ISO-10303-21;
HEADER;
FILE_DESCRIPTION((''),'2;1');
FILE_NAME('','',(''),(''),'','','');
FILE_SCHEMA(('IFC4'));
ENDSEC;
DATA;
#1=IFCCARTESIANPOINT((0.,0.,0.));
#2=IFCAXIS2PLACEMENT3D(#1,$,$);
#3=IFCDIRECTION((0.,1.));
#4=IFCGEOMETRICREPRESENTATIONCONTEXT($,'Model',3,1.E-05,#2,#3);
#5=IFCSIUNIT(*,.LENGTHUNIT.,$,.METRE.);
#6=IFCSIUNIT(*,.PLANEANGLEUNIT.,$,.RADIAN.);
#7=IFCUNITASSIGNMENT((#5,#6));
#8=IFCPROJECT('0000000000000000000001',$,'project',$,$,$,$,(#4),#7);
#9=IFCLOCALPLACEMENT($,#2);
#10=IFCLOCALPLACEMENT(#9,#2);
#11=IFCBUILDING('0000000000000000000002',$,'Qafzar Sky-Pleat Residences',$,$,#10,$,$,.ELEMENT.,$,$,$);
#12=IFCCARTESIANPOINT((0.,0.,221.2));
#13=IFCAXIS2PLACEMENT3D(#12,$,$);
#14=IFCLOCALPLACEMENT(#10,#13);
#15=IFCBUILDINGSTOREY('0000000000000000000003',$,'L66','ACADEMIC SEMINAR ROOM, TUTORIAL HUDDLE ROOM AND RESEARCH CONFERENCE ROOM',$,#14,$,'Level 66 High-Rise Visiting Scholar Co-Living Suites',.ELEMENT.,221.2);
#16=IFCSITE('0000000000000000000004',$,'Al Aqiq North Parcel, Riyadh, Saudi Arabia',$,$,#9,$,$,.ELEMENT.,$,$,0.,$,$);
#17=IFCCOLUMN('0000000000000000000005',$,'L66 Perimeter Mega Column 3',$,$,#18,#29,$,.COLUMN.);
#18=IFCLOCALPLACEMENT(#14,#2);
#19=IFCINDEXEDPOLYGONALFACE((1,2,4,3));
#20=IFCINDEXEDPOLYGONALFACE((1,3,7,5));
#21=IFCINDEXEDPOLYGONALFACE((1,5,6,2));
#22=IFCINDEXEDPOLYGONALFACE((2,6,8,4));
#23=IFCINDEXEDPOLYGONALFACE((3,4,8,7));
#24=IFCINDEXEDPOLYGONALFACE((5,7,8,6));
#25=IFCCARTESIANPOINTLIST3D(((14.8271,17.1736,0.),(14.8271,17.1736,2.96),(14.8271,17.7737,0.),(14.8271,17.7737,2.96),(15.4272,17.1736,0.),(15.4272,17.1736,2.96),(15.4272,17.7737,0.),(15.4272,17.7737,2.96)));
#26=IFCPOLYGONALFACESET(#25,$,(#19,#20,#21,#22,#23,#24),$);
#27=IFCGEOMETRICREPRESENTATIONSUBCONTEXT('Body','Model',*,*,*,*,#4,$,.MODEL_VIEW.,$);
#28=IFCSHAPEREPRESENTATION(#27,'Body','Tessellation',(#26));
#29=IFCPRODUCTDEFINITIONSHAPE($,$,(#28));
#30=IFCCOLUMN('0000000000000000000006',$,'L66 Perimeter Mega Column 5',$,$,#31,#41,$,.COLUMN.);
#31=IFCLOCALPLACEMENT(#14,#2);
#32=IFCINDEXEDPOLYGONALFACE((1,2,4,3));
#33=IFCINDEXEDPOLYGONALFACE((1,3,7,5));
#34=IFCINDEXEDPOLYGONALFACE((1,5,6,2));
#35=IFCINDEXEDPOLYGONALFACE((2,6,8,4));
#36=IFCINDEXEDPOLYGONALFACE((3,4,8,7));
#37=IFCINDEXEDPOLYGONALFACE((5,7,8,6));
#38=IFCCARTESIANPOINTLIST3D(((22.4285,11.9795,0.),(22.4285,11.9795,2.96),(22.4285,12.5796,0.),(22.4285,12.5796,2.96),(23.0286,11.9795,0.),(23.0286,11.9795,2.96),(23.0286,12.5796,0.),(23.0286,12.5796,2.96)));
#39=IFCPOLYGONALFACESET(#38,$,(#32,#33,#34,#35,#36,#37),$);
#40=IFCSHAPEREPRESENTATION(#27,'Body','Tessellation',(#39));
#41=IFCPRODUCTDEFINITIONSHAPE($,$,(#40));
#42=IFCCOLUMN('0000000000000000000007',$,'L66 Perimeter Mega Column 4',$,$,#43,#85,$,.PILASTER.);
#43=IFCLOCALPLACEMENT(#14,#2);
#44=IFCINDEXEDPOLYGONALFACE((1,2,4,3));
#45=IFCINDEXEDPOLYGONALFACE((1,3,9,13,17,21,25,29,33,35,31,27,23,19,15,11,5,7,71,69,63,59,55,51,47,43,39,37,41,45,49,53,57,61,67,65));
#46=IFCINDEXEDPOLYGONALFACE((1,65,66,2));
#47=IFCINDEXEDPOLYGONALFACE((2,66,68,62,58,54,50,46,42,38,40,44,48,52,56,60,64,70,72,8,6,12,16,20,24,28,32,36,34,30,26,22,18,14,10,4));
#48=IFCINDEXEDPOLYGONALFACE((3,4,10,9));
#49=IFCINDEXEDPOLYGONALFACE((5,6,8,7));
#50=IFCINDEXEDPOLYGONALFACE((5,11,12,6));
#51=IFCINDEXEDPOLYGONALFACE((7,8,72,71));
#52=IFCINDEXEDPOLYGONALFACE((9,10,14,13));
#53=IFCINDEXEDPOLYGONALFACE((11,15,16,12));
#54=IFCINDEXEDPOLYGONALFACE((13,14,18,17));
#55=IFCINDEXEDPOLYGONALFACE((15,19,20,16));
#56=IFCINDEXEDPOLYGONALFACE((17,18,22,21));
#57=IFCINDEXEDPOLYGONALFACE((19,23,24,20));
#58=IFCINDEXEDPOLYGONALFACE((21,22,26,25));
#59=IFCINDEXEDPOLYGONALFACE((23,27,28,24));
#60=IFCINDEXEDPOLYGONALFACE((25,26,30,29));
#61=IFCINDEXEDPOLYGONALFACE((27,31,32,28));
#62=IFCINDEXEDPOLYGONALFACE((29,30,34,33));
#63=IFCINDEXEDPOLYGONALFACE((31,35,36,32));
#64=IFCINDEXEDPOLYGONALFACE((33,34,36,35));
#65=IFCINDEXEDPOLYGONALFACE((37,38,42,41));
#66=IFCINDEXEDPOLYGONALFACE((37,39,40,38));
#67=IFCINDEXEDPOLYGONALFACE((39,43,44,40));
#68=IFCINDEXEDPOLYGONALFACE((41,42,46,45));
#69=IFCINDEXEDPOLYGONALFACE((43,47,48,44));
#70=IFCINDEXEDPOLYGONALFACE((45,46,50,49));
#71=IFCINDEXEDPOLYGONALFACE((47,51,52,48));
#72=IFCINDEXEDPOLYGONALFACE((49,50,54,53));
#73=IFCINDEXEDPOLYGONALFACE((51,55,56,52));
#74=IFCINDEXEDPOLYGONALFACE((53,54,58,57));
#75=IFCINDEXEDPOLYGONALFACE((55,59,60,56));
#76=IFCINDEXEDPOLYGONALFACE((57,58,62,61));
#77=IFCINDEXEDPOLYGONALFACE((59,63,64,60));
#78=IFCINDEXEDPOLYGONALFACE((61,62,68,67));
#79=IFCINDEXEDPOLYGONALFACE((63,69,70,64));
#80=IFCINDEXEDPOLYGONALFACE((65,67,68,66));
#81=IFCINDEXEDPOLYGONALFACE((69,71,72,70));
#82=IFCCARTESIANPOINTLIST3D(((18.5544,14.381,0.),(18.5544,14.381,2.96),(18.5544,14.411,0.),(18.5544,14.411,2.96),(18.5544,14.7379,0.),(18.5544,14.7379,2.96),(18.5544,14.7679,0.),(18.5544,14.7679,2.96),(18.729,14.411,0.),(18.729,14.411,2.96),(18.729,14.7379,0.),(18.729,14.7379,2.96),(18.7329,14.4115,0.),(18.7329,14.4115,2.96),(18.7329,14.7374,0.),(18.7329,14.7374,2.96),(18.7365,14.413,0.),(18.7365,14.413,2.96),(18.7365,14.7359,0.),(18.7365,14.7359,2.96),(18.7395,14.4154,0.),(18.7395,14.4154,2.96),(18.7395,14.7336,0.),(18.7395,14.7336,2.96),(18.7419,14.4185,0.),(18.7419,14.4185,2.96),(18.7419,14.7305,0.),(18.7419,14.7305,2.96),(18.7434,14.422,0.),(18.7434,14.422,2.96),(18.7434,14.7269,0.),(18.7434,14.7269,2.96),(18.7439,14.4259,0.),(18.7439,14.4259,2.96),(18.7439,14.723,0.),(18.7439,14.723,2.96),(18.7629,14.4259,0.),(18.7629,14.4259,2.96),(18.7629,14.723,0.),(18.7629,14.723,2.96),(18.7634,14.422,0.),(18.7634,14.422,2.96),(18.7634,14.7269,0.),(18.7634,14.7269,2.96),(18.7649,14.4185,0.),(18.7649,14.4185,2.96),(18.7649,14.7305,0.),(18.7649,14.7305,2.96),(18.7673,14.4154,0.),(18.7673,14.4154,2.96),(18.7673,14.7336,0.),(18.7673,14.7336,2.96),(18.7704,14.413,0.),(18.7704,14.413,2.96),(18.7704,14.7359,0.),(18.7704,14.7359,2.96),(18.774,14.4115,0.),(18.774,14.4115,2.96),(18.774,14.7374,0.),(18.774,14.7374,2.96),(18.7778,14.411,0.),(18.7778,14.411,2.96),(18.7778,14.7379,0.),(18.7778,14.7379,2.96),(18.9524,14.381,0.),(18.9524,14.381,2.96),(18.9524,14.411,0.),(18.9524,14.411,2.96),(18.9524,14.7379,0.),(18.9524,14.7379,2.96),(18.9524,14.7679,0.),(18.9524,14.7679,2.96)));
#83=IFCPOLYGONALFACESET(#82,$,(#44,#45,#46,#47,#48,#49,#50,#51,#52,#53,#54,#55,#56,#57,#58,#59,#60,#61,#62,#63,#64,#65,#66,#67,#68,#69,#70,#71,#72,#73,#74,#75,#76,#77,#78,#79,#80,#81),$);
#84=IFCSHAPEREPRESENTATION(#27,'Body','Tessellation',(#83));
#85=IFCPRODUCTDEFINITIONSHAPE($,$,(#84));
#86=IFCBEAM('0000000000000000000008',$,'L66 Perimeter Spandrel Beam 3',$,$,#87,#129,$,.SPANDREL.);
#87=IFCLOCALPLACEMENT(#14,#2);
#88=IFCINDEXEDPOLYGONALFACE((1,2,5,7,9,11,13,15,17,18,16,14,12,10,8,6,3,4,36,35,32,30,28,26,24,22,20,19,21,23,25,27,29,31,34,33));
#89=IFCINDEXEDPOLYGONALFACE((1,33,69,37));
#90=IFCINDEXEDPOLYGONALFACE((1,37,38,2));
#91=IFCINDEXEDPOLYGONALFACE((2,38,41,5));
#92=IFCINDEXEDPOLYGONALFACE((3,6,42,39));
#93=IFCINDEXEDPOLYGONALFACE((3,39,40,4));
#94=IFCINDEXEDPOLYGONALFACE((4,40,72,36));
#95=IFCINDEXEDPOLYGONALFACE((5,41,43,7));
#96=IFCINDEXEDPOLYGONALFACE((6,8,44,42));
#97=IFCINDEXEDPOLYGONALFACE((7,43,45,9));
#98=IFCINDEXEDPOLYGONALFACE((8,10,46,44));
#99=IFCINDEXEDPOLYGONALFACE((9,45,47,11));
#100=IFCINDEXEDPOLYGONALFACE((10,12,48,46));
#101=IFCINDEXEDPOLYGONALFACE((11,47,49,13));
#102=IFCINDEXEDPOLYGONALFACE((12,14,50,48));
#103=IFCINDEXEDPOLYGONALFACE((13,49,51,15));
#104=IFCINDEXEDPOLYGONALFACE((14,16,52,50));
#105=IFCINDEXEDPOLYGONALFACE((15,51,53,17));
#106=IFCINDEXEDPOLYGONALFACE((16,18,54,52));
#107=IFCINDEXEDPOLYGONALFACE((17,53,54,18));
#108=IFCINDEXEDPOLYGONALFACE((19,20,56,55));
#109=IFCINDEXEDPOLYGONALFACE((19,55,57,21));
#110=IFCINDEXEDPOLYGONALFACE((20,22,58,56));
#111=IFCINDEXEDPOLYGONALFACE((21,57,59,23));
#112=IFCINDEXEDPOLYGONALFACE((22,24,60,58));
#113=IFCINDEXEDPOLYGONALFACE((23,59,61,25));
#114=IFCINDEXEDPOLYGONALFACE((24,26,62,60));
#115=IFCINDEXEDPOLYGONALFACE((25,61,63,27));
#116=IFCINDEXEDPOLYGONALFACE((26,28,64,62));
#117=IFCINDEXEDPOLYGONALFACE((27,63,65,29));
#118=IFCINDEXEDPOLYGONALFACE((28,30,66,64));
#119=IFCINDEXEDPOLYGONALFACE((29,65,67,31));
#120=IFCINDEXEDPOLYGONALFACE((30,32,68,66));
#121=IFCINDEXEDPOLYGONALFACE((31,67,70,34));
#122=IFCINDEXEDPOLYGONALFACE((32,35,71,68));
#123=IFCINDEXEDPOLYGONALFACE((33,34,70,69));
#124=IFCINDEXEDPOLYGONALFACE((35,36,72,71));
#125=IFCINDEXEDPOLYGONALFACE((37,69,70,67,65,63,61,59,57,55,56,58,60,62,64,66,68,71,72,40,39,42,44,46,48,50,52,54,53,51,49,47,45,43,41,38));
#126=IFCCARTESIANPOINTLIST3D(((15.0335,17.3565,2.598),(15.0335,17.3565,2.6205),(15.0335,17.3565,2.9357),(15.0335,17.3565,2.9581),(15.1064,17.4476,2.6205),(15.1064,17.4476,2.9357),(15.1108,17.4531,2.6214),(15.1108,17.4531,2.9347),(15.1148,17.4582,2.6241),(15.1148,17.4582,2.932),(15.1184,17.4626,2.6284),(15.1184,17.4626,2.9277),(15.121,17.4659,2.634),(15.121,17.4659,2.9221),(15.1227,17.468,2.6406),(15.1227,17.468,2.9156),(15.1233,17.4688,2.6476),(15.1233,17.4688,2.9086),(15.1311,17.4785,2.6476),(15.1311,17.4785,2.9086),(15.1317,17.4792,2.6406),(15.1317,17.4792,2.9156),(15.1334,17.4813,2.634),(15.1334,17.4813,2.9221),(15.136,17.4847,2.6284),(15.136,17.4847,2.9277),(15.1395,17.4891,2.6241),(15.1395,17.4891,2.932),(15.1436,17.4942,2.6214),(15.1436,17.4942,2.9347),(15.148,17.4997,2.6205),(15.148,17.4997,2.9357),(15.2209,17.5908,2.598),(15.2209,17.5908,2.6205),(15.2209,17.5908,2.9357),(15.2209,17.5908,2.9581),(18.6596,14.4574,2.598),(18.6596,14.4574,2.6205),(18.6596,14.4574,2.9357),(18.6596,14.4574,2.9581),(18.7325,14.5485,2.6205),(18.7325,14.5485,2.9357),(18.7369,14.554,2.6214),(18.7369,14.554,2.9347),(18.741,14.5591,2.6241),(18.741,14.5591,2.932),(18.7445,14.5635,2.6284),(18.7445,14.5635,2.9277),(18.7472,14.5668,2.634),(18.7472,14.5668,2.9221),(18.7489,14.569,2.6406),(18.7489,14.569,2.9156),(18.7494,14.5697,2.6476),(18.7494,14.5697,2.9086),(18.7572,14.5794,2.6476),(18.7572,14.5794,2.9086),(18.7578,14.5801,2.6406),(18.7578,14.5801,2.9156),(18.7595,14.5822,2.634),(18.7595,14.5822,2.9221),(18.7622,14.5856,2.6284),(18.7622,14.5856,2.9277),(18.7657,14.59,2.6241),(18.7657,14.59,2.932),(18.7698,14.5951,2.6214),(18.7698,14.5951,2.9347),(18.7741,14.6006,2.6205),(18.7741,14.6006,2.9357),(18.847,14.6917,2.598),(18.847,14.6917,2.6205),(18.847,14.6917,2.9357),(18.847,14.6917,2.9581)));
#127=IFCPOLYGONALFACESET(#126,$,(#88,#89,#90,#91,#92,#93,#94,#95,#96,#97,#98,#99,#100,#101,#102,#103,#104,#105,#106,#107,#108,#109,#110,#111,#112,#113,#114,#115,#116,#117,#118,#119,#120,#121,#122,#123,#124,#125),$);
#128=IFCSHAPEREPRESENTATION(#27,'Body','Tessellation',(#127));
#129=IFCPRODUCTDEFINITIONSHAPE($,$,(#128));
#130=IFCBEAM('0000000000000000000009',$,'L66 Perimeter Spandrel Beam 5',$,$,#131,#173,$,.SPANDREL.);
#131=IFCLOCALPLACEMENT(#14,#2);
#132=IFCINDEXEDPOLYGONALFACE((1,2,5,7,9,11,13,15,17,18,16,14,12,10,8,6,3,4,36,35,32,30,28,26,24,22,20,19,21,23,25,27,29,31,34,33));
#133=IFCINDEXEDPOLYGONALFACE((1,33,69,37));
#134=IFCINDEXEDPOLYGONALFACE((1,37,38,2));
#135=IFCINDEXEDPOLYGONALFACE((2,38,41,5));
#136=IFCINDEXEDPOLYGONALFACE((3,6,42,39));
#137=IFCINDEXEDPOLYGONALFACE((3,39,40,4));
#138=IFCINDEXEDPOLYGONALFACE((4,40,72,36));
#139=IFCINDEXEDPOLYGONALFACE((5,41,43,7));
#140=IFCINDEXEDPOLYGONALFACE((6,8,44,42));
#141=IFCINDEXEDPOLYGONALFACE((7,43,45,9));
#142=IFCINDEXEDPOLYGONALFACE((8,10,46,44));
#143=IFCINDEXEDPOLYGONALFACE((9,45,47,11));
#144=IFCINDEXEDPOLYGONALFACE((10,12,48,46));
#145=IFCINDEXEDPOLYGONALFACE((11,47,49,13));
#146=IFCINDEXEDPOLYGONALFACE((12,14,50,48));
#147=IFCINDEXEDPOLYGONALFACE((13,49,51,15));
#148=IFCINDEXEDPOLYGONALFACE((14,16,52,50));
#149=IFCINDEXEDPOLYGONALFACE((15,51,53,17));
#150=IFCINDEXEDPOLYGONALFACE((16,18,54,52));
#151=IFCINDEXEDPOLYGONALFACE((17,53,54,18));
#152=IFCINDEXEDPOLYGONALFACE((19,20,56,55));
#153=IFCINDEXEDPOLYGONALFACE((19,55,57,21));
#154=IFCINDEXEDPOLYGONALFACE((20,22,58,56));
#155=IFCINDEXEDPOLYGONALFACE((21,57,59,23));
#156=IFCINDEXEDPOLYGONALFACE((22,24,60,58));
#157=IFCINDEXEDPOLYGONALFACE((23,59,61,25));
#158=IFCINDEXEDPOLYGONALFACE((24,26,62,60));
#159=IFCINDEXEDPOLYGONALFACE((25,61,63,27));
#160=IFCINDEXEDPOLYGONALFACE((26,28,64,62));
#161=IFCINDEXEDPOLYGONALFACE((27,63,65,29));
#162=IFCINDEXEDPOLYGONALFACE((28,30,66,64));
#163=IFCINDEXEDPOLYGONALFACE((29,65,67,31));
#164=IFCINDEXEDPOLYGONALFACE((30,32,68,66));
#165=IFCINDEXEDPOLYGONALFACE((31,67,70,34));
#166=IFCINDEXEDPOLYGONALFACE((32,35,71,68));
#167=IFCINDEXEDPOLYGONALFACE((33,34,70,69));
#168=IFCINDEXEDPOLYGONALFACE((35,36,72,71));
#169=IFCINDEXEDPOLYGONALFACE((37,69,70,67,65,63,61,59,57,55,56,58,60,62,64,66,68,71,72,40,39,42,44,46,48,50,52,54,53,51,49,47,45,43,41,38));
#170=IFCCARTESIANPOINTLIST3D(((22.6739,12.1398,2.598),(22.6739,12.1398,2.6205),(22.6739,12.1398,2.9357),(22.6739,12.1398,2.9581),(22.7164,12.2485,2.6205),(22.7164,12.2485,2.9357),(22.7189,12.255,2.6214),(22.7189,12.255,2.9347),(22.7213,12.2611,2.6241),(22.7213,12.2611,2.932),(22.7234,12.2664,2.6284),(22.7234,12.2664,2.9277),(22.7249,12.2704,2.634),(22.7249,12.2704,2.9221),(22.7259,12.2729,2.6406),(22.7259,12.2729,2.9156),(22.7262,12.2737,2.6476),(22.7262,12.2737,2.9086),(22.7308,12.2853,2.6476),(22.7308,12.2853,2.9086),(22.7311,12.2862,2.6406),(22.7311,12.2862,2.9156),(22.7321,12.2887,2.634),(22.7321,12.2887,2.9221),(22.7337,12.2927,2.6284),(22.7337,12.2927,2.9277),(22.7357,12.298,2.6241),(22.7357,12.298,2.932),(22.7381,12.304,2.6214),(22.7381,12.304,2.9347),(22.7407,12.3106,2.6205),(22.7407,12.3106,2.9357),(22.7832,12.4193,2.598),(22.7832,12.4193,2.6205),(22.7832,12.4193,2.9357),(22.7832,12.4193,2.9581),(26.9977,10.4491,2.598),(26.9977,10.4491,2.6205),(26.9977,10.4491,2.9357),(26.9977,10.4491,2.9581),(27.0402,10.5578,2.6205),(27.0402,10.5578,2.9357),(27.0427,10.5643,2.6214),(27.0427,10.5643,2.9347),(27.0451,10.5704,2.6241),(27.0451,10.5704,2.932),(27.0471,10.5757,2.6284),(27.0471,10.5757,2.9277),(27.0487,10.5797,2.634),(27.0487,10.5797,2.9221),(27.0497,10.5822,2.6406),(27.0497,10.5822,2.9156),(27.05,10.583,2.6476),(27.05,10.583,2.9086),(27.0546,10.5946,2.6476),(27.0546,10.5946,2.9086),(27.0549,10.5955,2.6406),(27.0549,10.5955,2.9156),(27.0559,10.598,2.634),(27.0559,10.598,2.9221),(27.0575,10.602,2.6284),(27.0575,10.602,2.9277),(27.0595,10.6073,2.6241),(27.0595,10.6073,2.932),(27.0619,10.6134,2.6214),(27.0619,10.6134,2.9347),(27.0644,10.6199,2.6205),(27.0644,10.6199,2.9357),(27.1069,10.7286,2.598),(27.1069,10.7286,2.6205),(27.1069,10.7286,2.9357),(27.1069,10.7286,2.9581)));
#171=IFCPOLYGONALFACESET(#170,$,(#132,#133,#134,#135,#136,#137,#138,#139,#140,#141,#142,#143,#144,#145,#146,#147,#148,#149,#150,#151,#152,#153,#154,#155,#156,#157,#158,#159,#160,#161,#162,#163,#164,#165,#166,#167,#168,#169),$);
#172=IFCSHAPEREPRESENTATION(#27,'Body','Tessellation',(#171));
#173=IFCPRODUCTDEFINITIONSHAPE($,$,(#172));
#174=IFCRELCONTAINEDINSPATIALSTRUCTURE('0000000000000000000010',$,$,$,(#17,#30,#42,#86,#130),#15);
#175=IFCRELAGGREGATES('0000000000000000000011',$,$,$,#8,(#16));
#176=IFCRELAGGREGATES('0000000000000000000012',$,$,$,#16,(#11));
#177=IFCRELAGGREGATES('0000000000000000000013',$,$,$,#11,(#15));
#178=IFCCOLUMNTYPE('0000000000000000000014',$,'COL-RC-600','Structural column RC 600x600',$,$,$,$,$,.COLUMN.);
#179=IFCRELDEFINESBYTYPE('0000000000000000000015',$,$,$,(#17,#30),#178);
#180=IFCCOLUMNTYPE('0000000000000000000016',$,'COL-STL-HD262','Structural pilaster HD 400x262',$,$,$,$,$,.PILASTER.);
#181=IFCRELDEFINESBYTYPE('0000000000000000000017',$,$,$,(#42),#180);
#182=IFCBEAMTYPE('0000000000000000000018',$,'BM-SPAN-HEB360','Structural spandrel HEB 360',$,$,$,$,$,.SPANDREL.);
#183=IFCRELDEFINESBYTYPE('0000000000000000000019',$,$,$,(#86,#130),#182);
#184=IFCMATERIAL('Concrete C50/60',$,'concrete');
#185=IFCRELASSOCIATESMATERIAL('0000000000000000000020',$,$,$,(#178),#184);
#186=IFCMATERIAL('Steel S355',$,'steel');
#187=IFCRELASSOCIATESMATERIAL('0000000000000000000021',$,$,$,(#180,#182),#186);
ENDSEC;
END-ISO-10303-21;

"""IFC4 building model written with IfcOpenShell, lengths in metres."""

from ifc_helpers import new_model, si_unit, direction, frame, origin, origin_2d, place, context, subcontext, project, spatial, rectangle, i_section, extrude, source, transform, mapped, material, material_profile, profile_set, type_object, element, save


model = new_model("IFC4")

# Units and contexts
model_context = context("Model", 3, precision=1e-05, world=origin(), true_north=direction((0.0, 1.0)))
body_context = subcontext(model_context, "Body", "Model", "MODEL_VIEW")
ifc_project = project(units=[si_unit("LENGTHUNIT", "METRE"), si_unit("PLANEANGLEUNIT", "RADIAN")], contexts=[model_context])

# Site, building, storey
site_placement = place(None, origin())
site = spatial("IfcSite", under=ifc_project, at=site_placement, Name="Al Aqiq North Parcel, Riyadh, Saudi Arabia", CompositionType="ELEMENT", RefElevation=0.0)
building_placement = place(site_placement, origin())
building = spatial("IfcBuilding", under=site, at=building_placement, Name="Qafzar Sky-Pleat Residences", CompositionType="ELEMENT")
storey_placement = place(building_placement, frame((0.0, 0.0, 221.2)))
storey = spatial("IfcBuildingStorey", under=building, at=storey_placement, Name="L66", Description="ACADEMIC SEMINAR ROOM, TUTORIAL HUDDLE ROOM AND RESEARCH CONFERENCE ROOM", LongName="Level 66 High-Rise Visiting Scholar Co-Living Suites", CompositionType="ELEMENT", Elevation=221.2)

# Columns
ifc_material_1 = material(Name="Concrete C50/60", Category="concrete")
ifc_material_profile_1 = material_profile(ifc_material_1, rectangle(XDim=0.6001, YDim=0.6001, at=origin_2d()), Name="RC 600x600")
ifc_profile_set_1 = profile_set([ifc_material_profile_1], Name="Concrete C50/60")
column_type_1 = type_object("IfcColumnType", Name="COL-RC-600", Description="Structural column RC 600x600", PredefinedType="COLUMN", material=ifc_profile_set_1)
shared_shape_1 = source(origin(), body_context, "Body", "SweptSolid", [
    extrude(rectangle(XDim=0.6001, YDim=0.6001, at=origin_2d()), origin(), (0.0, 0.0, 1.0), 2.96),
])
for number, where, z_axis, x_axis, name in (
    (1, (15.1272, 17.4736, 0.0), (0.0, 0.0, 1.0), (1.0, 0.0, 0.0), "L66 Perimeter Mega Column 3"),
    (2, (22.7285, 12.2795, 0.0), (0.0, 0.0, 1.0), (1.0, 0.0, 0.0), "L66 Perimeter Mega Column 5"),
):
    element("IfcColumn", number, at=place(storey_placement, frame(where, z_axis=z_axis, x_axis=x_axis)), inside=storey, type_object=column_type_1, Name=name, PredefinedType="COLUMN", context=body_context, shape_type="MappedRepresentation", body=[
        mapped(shared_shape_1, transform((0.0, 0.0, 0.0), x_axis=(1.0, 0.0, 0.0), y_axis=(0.0, 1.0, 0.0), z_axis=(0.0, 0.0, 1.0), scale=1.0)),
    ])
ifc_material_2 = material(Name="Steel S355", Category="steel")
ifc_material_profile_2 = material_profile(ifc_material_2, i_section(OverallWidth=0.3979, OverallDepth=0.387, WebThickness=0.019, FlangeThickness=0.03, FilletRadius=0.0149, at=origin_2d()), Name="HD 400x262")
ifc_profile_set_2 = profile_set([ifc_material_profile_2], Name="Steel S355")
column_type_2 = type_object("IfcColumnType", Name="COL-STL-HD262", Description="Structural pilaster HD 400x262", PredefinedType="PILASTER", material=ifc_profile_set_2)
shared_shape_2 = source(origin(), body_context, "Body", "SweptSolid", [
    extrude(i_section(OverallWidth=0.3979, OverallDepth=0.387, WebThickness=0.019, FlangeThickness=0.03, FilletRadius=0.0149, at=origin_2d()), origin(), (0.0, 0.0, 1.0), 2.96),
])
column_placement = place(storey_placement, frame((18.7534, 14.5745, 0.0), z_axis=(0.0, 0.0, 1.0), x_axis=(1.0, 0.0, 0.0)))
element("IfcColumn", 3, at=column_placement, inside=storey, type_object=column_type_2, Name="L66 Perimeter Mega Column 4", PredefinedType="PILASTER", context=body_context, shape_type="MappedRepresentation", body=[
    mapped(shared_shape_2, transform((0.0, 0.0, 0.0), x_axis=(1.0, 0.0, 0.0), y_axis=(0.0, 1.0, 0.0), z_axis=(0.0, 0.0, 1.0), scale=1.0)),
])

# Beams
ifc_material_profile_3 = material_profile(ifc_material_2, i_section(OverallWidth=0.3, OverallDepth=0.3601, WebThickness=0.0125, FlangeThickness=0.0225, FilletRadius=0.0271, at=origin_2d()), Name="HEB 360")
ifc_profile_set_3 = profile_set([ifc_material_profile_3], Name="Steel S355")
beam_type_1 = type_object("IfcBeamType", Name="BM-SPAN-HEB360", Description="Structural spandrel HEB 360", PredefinedType="SPANDREL", material=ifc_profile_set_3)
shared_shape_3 = source(origin(), body_context, "Body", "SweptSolid", [
    extrude(i_section(OverallWidth=0.3, OverallDepth=0.3601, WebThickness=0.0125, FlangeThickness=0.0225, FilletRadius=0.0271, at=origin_2d()), origin(), (0.0, 0.0, 1.0), 4.6426),
])
for number, where, z_axis, x_axis, name in (
    (4, (15.1272, 17.4736, 2.7781), (0.781059, -0.624458, 0.0), (0.624458, 0.781059, 0.0), "L66 Perimeter Spandrel Beam 3"),
    (5, (22.7285, 12.2795, 2.7781), (0.931332, -0.364171, 0.0), (0.364171, 0.931332, 0.0), "L66 Perimeter Spandrel Beam 5"),
):
    element("IfcBeam", number, at=place(storey_placement, frame(where, z_axis=z_axis, x_axis=x_axis)), inside=storey, type_object=beam_type_1, Name=name, PredefinedType="SPANDREL", context=body_context, shape_type="MappedRepresentation", body=[
        mapped(shared_shape_3, transform((0.0, 0.0, 0.0), x_axis=(1.0, 0.0, 0.0), y_axis=(0.0, 1.0, 0.0), z_axis=(0.0, 0.0, 1.0), scale=1.0)),
    ])

save(model, "model.ifc")
